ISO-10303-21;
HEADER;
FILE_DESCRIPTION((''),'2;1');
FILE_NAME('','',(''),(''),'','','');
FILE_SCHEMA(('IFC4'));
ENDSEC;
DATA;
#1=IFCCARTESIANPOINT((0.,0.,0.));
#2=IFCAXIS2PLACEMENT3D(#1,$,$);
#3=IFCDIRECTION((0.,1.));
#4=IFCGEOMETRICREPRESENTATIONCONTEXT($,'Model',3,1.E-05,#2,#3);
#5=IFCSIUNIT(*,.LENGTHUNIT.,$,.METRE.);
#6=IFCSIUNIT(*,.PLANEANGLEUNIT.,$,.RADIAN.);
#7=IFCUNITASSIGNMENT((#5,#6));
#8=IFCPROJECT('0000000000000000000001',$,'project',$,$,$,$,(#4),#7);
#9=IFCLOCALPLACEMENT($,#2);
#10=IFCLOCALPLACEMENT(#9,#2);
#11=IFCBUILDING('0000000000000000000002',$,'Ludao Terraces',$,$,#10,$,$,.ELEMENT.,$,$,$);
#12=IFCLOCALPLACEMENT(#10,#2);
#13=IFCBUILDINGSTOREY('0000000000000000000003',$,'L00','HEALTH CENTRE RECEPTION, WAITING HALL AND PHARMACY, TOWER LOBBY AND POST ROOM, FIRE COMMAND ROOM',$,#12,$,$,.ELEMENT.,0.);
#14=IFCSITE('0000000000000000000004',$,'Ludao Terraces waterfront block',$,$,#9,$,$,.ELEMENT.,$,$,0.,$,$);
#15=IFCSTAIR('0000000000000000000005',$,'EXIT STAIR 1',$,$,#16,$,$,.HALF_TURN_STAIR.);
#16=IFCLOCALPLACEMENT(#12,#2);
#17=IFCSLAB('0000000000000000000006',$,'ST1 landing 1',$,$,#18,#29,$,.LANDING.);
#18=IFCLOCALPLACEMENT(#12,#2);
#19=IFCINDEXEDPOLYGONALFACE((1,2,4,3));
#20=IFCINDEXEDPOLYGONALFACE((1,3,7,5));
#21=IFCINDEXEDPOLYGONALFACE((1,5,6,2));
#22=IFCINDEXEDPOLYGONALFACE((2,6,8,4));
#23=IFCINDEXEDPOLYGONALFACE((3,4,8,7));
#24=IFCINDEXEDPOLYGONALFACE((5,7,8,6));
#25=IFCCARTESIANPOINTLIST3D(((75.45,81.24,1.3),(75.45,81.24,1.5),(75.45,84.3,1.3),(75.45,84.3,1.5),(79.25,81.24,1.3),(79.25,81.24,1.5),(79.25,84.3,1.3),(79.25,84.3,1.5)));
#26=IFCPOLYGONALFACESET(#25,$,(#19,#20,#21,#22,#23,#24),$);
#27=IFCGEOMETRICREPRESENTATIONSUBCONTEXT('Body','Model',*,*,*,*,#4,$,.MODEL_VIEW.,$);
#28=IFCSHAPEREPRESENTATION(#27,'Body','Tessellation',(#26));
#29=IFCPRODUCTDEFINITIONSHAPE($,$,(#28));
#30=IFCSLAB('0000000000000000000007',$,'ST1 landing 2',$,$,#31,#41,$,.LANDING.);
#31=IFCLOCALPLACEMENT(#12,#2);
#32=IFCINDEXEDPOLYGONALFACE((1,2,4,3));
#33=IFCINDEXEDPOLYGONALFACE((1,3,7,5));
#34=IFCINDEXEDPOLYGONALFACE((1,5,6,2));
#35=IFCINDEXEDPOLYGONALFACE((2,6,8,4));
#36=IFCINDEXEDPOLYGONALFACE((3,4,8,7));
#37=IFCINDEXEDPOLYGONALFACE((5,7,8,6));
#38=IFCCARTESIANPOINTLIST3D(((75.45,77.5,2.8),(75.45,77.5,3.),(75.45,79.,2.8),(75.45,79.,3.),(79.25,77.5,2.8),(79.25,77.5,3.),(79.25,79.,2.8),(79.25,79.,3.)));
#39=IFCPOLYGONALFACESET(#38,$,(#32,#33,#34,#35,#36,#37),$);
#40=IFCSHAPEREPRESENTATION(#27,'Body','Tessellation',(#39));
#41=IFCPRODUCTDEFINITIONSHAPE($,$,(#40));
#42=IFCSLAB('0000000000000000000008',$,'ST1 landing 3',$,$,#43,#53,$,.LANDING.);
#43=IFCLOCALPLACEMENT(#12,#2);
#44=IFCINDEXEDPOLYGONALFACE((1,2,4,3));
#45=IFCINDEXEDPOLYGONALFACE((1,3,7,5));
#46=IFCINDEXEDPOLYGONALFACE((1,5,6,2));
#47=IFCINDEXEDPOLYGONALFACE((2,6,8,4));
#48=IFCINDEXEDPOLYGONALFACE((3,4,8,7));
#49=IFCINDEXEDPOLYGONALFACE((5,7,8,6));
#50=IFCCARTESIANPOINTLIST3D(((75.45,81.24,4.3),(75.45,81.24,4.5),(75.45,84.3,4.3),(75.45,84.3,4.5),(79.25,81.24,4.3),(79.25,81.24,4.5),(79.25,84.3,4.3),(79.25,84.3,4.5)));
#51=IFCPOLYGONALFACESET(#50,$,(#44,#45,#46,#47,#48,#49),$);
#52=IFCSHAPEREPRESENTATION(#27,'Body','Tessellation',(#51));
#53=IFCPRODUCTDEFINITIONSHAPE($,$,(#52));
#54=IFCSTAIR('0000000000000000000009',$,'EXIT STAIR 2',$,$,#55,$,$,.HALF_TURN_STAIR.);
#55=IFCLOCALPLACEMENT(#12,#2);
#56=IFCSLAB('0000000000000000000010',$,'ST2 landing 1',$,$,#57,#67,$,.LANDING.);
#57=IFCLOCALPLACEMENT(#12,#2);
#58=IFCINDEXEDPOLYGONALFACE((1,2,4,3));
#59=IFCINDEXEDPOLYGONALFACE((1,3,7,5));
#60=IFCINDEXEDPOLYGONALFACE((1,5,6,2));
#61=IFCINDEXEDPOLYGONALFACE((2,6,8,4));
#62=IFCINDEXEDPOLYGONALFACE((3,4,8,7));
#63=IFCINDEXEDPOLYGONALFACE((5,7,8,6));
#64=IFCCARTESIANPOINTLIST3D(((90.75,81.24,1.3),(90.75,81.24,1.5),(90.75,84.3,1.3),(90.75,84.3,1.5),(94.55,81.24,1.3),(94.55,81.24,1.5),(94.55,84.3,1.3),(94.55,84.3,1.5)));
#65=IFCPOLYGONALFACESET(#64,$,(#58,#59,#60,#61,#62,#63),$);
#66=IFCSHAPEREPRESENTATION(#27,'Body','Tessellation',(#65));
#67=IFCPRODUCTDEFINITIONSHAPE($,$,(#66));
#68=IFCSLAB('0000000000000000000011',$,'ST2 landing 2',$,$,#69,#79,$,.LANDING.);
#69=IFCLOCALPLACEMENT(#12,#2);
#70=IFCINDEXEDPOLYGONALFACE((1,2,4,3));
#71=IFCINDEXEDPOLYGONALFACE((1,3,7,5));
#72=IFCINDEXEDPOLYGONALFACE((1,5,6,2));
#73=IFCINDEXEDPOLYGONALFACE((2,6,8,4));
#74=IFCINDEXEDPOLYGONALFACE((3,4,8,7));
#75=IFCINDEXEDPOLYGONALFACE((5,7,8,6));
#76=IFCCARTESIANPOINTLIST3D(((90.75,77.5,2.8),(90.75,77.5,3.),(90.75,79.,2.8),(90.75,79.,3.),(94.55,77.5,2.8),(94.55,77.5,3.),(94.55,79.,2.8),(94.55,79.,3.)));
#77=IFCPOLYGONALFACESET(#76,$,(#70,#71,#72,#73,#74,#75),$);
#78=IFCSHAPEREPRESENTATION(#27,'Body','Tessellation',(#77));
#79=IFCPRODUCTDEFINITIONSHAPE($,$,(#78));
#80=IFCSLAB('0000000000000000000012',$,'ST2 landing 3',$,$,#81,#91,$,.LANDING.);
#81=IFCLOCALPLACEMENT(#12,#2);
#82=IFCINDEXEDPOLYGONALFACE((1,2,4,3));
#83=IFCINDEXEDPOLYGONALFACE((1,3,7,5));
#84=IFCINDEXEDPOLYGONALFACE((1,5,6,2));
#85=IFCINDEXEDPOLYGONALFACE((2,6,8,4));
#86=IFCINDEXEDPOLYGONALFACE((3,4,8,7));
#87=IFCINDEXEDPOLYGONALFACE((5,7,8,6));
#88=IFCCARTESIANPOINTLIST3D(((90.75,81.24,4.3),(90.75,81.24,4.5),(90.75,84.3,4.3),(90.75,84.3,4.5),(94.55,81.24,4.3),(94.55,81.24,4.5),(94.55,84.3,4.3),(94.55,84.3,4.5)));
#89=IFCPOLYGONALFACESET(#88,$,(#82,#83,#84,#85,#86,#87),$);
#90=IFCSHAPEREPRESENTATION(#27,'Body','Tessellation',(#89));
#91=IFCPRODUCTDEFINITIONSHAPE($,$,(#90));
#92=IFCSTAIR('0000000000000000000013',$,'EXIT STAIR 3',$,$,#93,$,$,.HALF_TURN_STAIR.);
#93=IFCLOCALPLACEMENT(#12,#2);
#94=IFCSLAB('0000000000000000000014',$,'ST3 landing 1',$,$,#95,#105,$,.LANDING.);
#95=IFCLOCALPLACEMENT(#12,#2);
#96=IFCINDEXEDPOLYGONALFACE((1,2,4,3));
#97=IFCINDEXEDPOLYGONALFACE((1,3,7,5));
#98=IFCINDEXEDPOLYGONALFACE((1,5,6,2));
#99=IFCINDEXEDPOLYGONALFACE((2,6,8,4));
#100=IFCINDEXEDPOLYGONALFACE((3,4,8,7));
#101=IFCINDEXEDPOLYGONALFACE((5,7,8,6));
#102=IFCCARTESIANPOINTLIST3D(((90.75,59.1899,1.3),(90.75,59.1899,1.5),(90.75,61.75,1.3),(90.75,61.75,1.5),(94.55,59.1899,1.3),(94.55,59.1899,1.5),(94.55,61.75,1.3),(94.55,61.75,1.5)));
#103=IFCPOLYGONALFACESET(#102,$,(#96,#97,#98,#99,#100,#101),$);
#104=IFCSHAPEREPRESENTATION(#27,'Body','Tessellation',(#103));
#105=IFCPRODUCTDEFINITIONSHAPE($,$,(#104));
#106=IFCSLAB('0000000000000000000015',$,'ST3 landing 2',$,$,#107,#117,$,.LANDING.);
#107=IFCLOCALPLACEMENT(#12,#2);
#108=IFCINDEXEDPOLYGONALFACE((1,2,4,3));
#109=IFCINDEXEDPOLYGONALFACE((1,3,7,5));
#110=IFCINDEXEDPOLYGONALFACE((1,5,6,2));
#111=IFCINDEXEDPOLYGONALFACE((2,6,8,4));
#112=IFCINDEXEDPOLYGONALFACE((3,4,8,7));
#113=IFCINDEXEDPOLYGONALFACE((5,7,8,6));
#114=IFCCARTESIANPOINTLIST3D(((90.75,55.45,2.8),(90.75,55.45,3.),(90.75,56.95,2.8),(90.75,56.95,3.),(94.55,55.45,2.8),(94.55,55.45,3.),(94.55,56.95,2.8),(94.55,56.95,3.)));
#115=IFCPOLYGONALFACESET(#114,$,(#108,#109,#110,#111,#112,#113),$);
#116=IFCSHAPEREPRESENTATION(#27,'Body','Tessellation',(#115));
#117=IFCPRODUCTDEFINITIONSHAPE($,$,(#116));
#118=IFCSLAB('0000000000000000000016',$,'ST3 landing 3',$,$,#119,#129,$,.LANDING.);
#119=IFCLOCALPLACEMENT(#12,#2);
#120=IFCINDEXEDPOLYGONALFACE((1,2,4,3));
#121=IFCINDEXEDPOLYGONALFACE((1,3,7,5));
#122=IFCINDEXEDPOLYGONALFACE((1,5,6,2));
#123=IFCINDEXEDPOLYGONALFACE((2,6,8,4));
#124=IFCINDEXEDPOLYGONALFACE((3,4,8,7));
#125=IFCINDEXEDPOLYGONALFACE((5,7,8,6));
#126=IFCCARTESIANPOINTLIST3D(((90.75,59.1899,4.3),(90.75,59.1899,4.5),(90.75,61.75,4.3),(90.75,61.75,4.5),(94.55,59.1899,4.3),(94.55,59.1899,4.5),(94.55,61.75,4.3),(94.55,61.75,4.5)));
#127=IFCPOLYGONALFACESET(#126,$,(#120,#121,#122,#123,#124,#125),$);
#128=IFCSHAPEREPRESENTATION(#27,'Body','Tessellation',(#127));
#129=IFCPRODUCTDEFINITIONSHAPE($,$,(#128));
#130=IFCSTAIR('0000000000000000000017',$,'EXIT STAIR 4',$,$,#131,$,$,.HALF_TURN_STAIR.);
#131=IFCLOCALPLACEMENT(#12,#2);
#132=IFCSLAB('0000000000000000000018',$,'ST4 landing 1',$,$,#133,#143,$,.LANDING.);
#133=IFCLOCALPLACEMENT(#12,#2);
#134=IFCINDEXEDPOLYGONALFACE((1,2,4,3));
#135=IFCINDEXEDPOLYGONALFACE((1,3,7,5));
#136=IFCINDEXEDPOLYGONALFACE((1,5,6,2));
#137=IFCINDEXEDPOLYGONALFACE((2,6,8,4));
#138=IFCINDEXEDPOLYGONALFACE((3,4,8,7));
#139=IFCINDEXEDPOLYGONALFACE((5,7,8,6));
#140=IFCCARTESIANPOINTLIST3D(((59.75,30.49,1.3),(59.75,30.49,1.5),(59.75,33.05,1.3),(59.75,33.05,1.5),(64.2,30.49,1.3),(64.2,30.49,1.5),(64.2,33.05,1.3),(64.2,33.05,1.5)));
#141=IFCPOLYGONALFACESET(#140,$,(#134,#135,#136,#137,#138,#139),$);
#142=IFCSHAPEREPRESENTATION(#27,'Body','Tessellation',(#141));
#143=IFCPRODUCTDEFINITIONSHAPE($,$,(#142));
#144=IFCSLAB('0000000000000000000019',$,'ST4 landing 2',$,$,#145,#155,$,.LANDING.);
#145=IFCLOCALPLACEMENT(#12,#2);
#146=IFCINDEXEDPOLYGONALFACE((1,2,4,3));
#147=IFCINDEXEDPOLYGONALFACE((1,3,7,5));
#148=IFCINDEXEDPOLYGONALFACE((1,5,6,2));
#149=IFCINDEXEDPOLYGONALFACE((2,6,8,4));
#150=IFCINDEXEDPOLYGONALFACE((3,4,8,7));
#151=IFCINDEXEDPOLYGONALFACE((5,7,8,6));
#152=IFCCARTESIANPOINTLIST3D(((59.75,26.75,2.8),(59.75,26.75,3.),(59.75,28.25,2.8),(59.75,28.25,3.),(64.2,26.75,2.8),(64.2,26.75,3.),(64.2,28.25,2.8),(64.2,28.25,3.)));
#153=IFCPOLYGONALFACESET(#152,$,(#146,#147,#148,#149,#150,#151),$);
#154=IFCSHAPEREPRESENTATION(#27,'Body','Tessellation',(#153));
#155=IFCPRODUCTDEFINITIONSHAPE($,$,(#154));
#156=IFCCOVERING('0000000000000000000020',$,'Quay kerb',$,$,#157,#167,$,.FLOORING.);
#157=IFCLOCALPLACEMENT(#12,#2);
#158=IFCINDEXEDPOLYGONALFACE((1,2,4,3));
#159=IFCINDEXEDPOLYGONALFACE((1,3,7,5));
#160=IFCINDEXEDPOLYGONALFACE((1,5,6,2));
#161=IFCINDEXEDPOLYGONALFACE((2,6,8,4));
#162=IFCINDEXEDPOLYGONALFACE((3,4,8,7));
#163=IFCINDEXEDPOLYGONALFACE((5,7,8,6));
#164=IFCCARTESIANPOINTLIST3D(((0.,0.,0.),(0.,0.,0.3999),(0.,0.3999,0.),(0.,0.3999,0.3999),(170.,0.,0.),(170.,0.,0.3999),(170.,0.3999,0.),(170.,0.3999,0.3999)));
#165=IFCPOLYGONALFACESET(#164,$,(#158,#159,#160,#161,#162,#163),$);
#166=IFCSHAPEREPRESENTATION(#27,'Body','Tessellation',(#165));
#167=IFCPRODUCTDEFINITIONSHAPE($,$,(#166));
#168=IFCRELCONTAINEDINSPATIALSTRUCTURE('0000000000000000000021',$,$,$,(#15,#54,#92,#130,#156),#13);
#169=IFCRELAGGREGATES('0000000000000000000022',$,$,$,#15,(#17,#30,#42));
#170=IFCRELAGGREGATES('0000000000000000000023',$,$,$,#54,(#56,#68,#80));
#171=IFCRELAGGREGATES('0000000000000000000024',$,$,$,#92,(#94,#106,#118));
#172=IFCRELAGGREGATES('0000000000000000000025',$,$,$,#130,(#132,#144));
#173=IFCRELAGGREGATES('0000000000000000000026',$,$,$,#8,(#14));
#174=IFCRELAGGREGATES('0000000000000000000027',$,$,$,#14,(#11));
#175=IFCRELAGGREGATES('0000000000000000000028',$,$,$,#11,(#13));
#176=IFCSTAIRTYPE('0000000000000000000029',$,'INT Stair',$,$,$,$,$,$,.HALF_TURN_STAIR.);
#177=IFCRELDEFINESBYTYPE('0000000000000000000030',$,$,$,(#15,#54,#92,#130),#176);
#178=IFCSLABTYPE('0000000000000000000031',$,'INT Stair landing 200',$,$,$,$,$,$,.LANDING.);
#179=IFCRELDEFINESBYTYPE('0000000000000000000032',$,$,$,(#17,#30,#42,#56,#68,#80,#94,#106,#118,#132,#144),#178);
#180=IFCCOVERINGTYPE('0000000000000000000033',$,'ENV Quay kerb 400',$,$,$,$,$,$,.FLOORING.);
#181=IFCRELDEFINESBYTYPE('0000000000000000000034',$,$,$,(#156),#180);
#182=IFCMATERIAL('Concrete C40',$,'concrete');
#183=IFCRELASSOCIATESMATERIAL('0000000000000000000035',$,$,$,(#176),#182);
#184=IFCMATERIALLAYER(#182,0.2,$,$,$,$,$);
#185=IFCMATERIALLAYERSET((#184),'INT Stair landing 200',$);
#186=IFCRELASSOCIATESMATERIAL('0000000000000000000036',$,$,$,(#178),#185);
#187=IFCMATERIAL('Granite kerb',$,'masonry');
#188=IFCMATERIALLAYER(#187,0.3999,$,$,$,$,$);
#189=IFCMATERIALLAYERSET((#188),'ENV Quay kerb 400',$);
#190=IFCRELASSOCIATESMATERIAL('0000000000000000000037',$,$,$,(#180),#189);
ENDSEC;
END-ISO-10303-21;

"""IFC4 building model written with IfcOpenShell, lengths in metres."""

from ifc_helpers import new_model, si_unit, direction, frame, origin, place, context, subcontext, project, spatial, polyline, outline, extrude, material, layer, layer_set, type_object, element, aggregate, save


model = new_model("IFC4")

# Units and contexts
model_context = context("Model", 3, precision=1e-05, world=origin(), true_north=direction((0.0, 1.0)))
body_context = subcontext(model_context, "Body", "Model", "MODEL_VIEW")
ifc_project = project(units=[si_unit("LENGTHUNIT", "METRE"), si_unit("PLANEANGLEUNIT", "RADIAN")], contexts=[model_context])

# Site, building, storey
site_placement = place(None, origin())
site = spatial("IfcSite", under=ifc_project, at=site_placement, Name="Ludao Terraces waterfront block", CompositionType="ELEMENT", RefElevation=0.0)
building_placement = place(site_placement, origin())
building = spatial("IfcBuilding", under=site, at=building_placement, Name="Ludao Terraces", CompositionType="ELEMENT")
storey_placement = place(building_placement, origin())
storey = spatial("IfcBuildingStorey", under=building, at=storey_placement, Name="L00", Description="HEALTH CENTRE RECEPTION, WAITING HALL AND PHARMACY, TOWER LOBBY AND POST ROOM, FIRE COMMAND ROOM", CompositionType="ELEMENT", Elevation=0.0)

# Stairs, slabs
ifc_material_1 = material(Name="Concrete C40", Category="concrete")
stair_type = type_object("IfcStairType", Name="INT Stair", PredefinedType="HALF_TURN_STAIR", material=ifc_material_1)
stair_1_placement = place(storey_placement, origin())
stair_1 = element("IfcStair", 1, at=stair_1_placement, inside=storey, type_object=stair_type, Name="EXIT STAIR 1", PredefinedType="HALF_TURN_STAIR")
ifc_layer_1 = layer(ifc_material_1, 0.2)
ifc_layer_set_1 = layer_set([ifc_layer_1], Name="INT Stair landing 200")
slab_type = type_object("IfcSlabType", Name="INT Stair landing 200", PredefinedType="LANDING", material=ifc_layer_set_1)
slab_1_placement = place(storey_placement, frame((0.0, 0.0, 1.3)))
slab_1 = element("IfcSlab", 2, at=slab_1_placement, type_object=slab_type, Name="ST1 landing 1", PredefinedType="LANDING", context=body_context, shape_type="SweptSolid", body=[
    extrude(outline(polyline([(75.45, 81.24), (79.25, 81.24), (79.25, 84.3), (75.45, 84.3), (75.45, 81.24)])), origin(), (0.0, 0.0, 1.0), 0.2),
])
slab_2_placement = place(storey_placement, frame((0.0, 0.0, 2.8)))
slab_2 = element("IfcSlab", 3, at=slab_2_placement, type_object=slab_type, Name="ST1 landing 2", PredefinedType="LANDING", context=body_context, shape_type="SweptSolid", body=[
    extrude(outline(polyline([(75.45, 77.5), (79.25, 77.5), (79.25, 79.0), (75.45, 79.0), (75.45, 77.5)])), origin(), (0.0, 0.0, 1.0), 0.2),
])
slab_3_placement = place(storey_placement, frame((0.0, 0.0, 4.3)))
slab_3 = element("IfcSlab", 4, at=slab_3_placement, type_object=slab_type, Name="ST1 landing 3", PredefinedType="LANDING", context=body_context, shape_type="SweptSolid", body=[
    extrude(outline(polyline([(75.45, 81.24), (79.25, 81.24), (79.25, 84.3), (75.45, 84.3), (75.45, 81.24)])), origin(), (0.0, 0.0, 1.0), 0.2),
])
aggregate(stair_1, [slab_1, slab_2, slab_3])
stair_2_placement = place(storey_placement, origin())
stair_2 = element("IfcStair", 5, at=stair_2_placement, inside=storey, type_object=stair_type, Name="EXIT STAIR 2", PredefinedType="HALF_TURN_STAIR")
slab_4_placement = place(storey_placement, frame((0.0, 0.0, 1.3)))
slab_4 = element("IfcSlab", 6, at=slab_4_placement, type_object=slab_type, Name="ST2 landing 1", PredefinedType="LANDING", context=body_context, shape_type="SweptSolid", body=[
    extrude(outline(polyline([(90.75, 81.24), (94.55, 81.24), (94.55, 84.3), (90.75, 84.3), (90.75, 81.24)])), origin(), (0.0, 0.0, 1.0), 0.2),
])
slab_5_placement = place(storey_placement, frame((0.0, 0.0, 2.8)))
slab_5 = element("IfcSlab", 7, at=slab_5_placement, type_object=slab_type, Name="ST2 landing 2", PredefinedType="LANDING", context=body_context, shape_type="SweptSolid", body=[
    extrude(outline(polyline([(90.75, 77.5), (94.55, 77.5), (94.55, 79.0), (90.75, 79.0), (90.75, 77.5)])), origin(), (0.0, 0.0, 1.0), 0.2),
])
slab_6_placement = place(storey_placement, frame((0.0, 0.0, 4.3)))
slab_6 = element("IfcSlab", 8, at=slab_6_placement, type_object=slab_type, Name="ST2 landing 3", PredefinedType="LANDING", context=body_context, shape_type="SweptSolid", body=[
    extrude(outline(polyline([(90.75, 81.24), (94.55, 81.24), (94.55, 84.3), (90.75, 84.3), (90.75, 81.24)])), origin(), (0.0, 0.0, 1.0), 0.2),
])
aggregate(stair_2, [slab_4, slab_5, slab_6])
stair_3_placement = place(storey_placement, origin())
stair_3 = element("IfcStair", 9, at=stair_3_placement, inside=storey, type_object=stair_type, Name="EXIT STAIR 3", PredefinedType="HALF_TURN_STAIR")
slab_7_placement = place(storey_placement, frame((0.0, 0.0, 1.3)))
slab_7 = element("IfcSlab", 10, at=slab_7_placement, type_object=slab_type, Name="ST3 landing 1", PredefinedType="LANDING", context=body_context, shape_type="SweptSolid", body=[
    extrude(outline(polyline([(90.75, 59.1899), (94.55, 59.1899), (94.55, 61.75), (90.75, 61.75), (90.75, 59.1899)])), origin(), (0.0, 0.0, 1.0), 0.2),
])
slab_8_placement = place(storey_placement, frame((0.0, 0.0, 2.8)))
slab_8 = element("IfcSlab", 11, at=slab_8_placement, type_object=slab_type, Name="ST3 landing 2", PredefinedType="LANDING", context=body_context, shape_type="SweptSolid", body=[
    extrude(outline(polyline([(90.75, 55.45), (94.55, 55.45), (94.55, 56.95), (90.75, 56.95), (90.75, 55.45)])), origin(), (0.0, 0.0, 1.0), 0.2),
])
slab_9_placement = place(storey_placement, frame((0.0, 0.0, 4.3)))
slab_9 = element("IfcSlab", 12, at=slab_9_placement, type_object=slab_type, Name="ST3 landing 3", PredefinedType="LANDING", context=body_context, shape_type="SweptSolid", body=[
    extrude(outline(polyline([(90.75, 59.1899), (94.55, 59.1899), (94.55, 61.75), (90.75, 61.75), (90.75, 59.1899)])), origin(), (0.0, 0.0, 1.0), 0.2),
])
aggregate(stair_3, [slab_7, slab_8, slab_9])
stair_4_placement = place(storey_placement, origin())
stair_4 = element("IfcStair", 13, at=stair_4_placement, inside=storey, type_object=stair_type, Name="EXIT STAIR 4", PredefinedType="HALF_TURN_STAIR")
slab_10_placement = place(storey_placement, frame((0.0, 0.0, 1.3)))
slab_10 = element("IfcSlab", 14, at=slab_10_placement, type_object=slab_type, Name="ST4 landing 1", PredefinedType="LANDING", context=body_context, shape_type="SweptSolid", body=[
    extrude(outline(polyline([(59.75, 30.49), (64.2, 30.49), (64.2, 33.05), (59.75, 33.05), (59.75, 30.49)])), origin(), (0.0, 0.0, 1.0), 0.2),
])
slab_11_placement = place(storey_placement, frame((0.0, 0.0, 2.8)))
slab_11 = element("IfcSlab", 15, at=slab_11_placement, type_object=slab_type, Name="ST4 landing 2", PredefinedType="LANDING", context=body_context, shape_type="SweptSolid", body=[
    extrude(outline(polyline([(59.75, 26.75), (64.2, 26.75), (64.2, 28.25), (59.75, 28.25), (59.75, 26.75)])), origin(), (0.0, 0.0, 1.0), 0.2),
])
aggregate(stair_4, [slab_10, slab_11])

# Covering
ifc_material_2 = material(Name="Granite kerb", Category="masonry")
ifc_layer_2 = layer(ifc_material_2, 0.3999)
ifc_layer_set_2 = layer_set([ifc_layer_2], Name="ENV Quay kerb 400")
covering_type_1 = type_object("IfcCoveringType", Name="ENV Quay kerb 400", PredefinedType="FLOORING", material=ifc_layer_set_2)
covering_1_placement = place(storey_placement, origin())
element("IfcCovering", 16, at=covering_1_placement, inside=storey, type_object=covering_type_1, Name="Quay kerb", PredefinedType="FLOORING", context=body_context, shape_type="SweptSolid", body=[
    extrude(outline(polyline([(0.0, 0.0), (170.0, 0.0), (170.0, 0.3999), (0.0, 0.3999), (0.0, 0.0)])), origin(), (0.0, 0.0, 1.0), 0.3999),
])

save(model, "model.ifc")
